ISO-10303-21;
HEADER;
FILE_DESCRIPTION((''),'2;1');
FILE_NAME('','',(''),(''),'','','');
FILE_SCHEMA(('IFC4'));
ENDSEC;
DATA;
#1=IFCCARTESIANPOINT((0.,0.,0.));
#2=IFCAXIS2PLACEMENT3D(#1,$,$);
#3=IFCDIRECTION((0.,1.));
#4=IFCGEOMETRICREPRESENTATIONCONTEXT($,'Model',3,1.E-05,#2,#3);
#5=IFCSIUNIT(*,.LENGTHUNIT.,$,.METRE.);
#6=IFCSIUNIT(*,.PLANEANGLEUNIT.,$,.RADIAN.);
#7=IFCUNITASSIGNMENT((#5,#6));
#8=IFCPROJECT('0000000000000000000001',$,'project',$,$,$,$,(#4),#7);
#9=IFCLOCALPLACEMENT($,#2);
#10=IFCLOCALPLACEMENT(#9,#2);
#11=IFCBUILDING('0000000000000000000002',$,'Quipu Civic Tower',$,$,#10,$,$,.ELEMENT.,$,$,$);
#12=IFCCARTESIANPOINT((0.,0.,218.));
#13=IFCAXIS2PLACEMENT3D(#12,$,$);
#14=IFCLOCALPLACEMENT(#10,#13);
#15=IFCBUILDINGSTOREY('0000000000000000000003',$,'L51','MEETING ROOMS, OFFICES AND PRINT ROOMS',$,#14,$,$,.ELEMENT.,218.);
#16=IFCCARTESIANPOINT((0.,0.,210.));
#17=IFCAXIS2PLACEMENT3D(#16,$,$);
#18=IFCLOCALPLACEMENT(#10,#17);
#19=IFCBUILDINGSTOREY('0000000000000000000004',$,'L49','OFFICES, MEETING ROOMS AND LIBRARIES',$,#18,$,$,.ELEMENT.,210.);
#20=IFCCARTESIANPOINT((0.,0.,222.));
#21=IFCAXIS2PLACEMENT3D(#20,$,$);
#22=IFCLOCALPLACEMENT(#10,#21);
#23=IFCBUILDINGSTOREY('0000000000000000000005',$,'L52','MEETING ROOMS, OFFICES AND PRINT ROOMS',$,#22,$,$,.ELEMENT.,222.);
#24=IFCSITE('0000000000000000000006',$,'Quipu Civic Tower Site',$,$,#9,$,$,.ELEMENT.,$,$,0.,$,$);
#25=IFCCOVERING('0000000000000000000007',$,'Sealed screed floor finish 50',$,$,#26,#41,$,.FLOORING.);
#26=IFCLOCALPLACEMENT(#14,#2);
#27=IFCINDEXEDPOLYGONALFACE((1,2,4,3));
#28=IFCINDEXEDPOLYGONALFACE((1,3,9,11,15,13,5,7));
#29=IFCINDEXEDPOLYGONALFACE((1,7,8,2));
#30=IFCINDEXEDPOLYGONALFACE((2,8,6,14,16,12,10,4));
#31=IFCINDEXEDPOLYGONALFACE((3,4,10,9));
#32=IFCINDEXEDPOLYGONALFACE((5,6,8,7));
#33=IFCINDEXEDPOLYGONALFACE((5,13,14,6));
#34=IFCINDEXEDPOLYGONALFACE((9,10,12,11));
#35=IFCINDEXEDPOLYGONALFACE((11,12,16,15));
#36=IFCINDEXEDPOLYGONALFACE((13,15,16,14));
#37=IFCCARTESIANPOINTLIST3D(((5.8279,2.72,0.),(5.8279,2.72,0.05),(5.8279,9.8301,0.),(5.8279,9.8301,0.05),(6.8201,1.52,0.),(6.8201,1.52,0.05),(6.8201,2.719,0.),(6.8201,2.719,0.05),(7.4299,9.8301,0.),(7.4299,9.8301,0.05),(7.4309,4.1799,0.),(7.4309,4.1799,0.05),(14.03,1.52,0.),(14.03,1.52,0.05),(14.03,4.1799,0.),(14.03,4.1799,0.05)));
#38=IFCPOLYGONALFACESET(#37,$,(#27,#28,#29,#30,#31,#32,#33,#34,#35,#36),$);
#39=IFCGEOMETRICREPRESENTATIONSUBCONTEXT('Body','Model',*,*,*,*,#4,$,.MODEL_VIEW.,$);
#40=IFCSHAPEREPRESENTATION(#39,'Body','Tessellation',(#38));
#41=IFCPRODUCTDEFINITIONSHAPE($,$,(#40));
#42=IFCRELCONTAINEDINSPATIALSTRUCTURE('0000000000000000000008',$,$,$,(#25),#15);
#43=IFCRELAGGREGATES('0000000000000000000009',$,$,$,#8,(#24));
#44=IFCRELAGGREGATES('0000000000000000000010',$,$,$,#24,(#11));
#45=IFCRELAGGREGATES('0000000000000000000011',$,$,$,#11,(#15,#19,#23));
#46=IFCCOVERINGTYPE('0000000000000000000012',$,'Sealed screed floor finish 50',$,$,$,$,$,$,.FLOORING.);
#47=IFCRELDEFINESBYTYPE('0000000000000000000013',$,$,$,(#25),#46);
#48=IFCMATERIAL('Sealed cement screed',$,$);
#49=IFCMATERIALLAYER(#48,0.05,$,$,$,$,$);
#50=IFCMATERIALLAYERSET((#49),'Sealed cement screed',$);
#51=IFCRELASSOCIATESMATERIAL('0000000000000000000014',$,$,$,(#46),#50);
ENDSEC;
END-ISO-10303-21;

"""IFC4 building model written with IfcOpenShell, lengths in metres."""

from ifc_helpers import new_model, si_unit, direction, frame, origin, place, context, subcontext, project, spatial, polyline, outline, extrude, material, layer, layer_set, type_object, element, save


model = new_model("IFC4")

# Units and contexts
model_context = context("Model", 3, precision=1e-05, world=origin(), true_north=direction((0.0, 1.0)))
body_context = subcontext(model_context, "Body", "Model", "MODEL_VIEW")
ifc_project = project(units=[si_unit("LENGTHUNIT", "METRE"), si_unit("PLANEANGLEUNIT", "RADIAN")], contexts=[model_context])

# Site, building, storey
site_placement = place(None, origin())
site = spatial("IfcSite", under=ifc_project, at=site_placement, Name="Quipu Civic Tower Site", CompositionType="ELEMENT", RefElevation=0.0)
building_placement = place(site_placement, origin())
building = spatial("IfcBuilding", under=site, at=building_placement, Name="Quipu Civic Tower", CompositionType="ELEMENT")
storey_1_placement = place(building_placement, frame((0.0, 0.0, 218.0)))
storey_1 = spatial("IfcBuildingStorey", under=building, at=storey_1_placement, Name="L51", Description="MEETING ROOMS, OFFICES AND PRINT ROOMS", CompositionType="ELEMENT", Elevation=218.0)

# Shared definitions
storey_2_placement = place(building_placement, frame((0.0, 0.0, 210.0)))
storey_2 = spatial("IfcBuildingStorey", under=building, at=storey_2_placement, Name="L49", Description="OFFICES, MEETING ROOMS AND LIBRARIES", CompositionType="ELEMENT", Elevation=210.0)

# Shared definitions
storey_3_placement = place(building_placement, frame((0.0, 0.0, 222.0)))
storey_3 = spatial("IfcBuildingStorey", under=building, at=storey_3_placement, Name="L52", Description="MEETING ROOMS, OFFICES AND PRINT ROOMS", CompositionType="ELEMENT", Elevation=222.0)

# Covering
ifc_material_1 = material(Name="Sealed cement screed")
ifc_layer_1 = layer(ifc_material_1, 0.05)
ifc_layer_set_1 = layer_set([ifc_layer_1], Name="Sealed cement screed")
covering_type_1 = type_object("IfcCoveringType", Name="Sealed screed floor finish 50", PredefinedType="FLOORING", material=ifc_layer_set_1)
covering_1_placement = place(storey_1_placement, origin())
element("IfcCovering", 1, at=covering_1_placement, inside=storey_1, type_object=covering_type_1, Name="Sealed screed floor finish 50", PredefinedType="FLOORING", context=body_context, shape_type="SweptSolid", body=[
    extrude(outline(polyline([(5.8279, 2.72), (5.8279, 9.8301), (7.4299, 9.8301), (7.4309, 4.1799), (14.03, 4.1799), (14.03, 1.52), (6.8201, 1.52), (6.8201, 2.719), (5.8279, 2.72)])), origin(), (0.0, 0.0, 1.0), 0.05),
])

save(model, "model.ifc")
